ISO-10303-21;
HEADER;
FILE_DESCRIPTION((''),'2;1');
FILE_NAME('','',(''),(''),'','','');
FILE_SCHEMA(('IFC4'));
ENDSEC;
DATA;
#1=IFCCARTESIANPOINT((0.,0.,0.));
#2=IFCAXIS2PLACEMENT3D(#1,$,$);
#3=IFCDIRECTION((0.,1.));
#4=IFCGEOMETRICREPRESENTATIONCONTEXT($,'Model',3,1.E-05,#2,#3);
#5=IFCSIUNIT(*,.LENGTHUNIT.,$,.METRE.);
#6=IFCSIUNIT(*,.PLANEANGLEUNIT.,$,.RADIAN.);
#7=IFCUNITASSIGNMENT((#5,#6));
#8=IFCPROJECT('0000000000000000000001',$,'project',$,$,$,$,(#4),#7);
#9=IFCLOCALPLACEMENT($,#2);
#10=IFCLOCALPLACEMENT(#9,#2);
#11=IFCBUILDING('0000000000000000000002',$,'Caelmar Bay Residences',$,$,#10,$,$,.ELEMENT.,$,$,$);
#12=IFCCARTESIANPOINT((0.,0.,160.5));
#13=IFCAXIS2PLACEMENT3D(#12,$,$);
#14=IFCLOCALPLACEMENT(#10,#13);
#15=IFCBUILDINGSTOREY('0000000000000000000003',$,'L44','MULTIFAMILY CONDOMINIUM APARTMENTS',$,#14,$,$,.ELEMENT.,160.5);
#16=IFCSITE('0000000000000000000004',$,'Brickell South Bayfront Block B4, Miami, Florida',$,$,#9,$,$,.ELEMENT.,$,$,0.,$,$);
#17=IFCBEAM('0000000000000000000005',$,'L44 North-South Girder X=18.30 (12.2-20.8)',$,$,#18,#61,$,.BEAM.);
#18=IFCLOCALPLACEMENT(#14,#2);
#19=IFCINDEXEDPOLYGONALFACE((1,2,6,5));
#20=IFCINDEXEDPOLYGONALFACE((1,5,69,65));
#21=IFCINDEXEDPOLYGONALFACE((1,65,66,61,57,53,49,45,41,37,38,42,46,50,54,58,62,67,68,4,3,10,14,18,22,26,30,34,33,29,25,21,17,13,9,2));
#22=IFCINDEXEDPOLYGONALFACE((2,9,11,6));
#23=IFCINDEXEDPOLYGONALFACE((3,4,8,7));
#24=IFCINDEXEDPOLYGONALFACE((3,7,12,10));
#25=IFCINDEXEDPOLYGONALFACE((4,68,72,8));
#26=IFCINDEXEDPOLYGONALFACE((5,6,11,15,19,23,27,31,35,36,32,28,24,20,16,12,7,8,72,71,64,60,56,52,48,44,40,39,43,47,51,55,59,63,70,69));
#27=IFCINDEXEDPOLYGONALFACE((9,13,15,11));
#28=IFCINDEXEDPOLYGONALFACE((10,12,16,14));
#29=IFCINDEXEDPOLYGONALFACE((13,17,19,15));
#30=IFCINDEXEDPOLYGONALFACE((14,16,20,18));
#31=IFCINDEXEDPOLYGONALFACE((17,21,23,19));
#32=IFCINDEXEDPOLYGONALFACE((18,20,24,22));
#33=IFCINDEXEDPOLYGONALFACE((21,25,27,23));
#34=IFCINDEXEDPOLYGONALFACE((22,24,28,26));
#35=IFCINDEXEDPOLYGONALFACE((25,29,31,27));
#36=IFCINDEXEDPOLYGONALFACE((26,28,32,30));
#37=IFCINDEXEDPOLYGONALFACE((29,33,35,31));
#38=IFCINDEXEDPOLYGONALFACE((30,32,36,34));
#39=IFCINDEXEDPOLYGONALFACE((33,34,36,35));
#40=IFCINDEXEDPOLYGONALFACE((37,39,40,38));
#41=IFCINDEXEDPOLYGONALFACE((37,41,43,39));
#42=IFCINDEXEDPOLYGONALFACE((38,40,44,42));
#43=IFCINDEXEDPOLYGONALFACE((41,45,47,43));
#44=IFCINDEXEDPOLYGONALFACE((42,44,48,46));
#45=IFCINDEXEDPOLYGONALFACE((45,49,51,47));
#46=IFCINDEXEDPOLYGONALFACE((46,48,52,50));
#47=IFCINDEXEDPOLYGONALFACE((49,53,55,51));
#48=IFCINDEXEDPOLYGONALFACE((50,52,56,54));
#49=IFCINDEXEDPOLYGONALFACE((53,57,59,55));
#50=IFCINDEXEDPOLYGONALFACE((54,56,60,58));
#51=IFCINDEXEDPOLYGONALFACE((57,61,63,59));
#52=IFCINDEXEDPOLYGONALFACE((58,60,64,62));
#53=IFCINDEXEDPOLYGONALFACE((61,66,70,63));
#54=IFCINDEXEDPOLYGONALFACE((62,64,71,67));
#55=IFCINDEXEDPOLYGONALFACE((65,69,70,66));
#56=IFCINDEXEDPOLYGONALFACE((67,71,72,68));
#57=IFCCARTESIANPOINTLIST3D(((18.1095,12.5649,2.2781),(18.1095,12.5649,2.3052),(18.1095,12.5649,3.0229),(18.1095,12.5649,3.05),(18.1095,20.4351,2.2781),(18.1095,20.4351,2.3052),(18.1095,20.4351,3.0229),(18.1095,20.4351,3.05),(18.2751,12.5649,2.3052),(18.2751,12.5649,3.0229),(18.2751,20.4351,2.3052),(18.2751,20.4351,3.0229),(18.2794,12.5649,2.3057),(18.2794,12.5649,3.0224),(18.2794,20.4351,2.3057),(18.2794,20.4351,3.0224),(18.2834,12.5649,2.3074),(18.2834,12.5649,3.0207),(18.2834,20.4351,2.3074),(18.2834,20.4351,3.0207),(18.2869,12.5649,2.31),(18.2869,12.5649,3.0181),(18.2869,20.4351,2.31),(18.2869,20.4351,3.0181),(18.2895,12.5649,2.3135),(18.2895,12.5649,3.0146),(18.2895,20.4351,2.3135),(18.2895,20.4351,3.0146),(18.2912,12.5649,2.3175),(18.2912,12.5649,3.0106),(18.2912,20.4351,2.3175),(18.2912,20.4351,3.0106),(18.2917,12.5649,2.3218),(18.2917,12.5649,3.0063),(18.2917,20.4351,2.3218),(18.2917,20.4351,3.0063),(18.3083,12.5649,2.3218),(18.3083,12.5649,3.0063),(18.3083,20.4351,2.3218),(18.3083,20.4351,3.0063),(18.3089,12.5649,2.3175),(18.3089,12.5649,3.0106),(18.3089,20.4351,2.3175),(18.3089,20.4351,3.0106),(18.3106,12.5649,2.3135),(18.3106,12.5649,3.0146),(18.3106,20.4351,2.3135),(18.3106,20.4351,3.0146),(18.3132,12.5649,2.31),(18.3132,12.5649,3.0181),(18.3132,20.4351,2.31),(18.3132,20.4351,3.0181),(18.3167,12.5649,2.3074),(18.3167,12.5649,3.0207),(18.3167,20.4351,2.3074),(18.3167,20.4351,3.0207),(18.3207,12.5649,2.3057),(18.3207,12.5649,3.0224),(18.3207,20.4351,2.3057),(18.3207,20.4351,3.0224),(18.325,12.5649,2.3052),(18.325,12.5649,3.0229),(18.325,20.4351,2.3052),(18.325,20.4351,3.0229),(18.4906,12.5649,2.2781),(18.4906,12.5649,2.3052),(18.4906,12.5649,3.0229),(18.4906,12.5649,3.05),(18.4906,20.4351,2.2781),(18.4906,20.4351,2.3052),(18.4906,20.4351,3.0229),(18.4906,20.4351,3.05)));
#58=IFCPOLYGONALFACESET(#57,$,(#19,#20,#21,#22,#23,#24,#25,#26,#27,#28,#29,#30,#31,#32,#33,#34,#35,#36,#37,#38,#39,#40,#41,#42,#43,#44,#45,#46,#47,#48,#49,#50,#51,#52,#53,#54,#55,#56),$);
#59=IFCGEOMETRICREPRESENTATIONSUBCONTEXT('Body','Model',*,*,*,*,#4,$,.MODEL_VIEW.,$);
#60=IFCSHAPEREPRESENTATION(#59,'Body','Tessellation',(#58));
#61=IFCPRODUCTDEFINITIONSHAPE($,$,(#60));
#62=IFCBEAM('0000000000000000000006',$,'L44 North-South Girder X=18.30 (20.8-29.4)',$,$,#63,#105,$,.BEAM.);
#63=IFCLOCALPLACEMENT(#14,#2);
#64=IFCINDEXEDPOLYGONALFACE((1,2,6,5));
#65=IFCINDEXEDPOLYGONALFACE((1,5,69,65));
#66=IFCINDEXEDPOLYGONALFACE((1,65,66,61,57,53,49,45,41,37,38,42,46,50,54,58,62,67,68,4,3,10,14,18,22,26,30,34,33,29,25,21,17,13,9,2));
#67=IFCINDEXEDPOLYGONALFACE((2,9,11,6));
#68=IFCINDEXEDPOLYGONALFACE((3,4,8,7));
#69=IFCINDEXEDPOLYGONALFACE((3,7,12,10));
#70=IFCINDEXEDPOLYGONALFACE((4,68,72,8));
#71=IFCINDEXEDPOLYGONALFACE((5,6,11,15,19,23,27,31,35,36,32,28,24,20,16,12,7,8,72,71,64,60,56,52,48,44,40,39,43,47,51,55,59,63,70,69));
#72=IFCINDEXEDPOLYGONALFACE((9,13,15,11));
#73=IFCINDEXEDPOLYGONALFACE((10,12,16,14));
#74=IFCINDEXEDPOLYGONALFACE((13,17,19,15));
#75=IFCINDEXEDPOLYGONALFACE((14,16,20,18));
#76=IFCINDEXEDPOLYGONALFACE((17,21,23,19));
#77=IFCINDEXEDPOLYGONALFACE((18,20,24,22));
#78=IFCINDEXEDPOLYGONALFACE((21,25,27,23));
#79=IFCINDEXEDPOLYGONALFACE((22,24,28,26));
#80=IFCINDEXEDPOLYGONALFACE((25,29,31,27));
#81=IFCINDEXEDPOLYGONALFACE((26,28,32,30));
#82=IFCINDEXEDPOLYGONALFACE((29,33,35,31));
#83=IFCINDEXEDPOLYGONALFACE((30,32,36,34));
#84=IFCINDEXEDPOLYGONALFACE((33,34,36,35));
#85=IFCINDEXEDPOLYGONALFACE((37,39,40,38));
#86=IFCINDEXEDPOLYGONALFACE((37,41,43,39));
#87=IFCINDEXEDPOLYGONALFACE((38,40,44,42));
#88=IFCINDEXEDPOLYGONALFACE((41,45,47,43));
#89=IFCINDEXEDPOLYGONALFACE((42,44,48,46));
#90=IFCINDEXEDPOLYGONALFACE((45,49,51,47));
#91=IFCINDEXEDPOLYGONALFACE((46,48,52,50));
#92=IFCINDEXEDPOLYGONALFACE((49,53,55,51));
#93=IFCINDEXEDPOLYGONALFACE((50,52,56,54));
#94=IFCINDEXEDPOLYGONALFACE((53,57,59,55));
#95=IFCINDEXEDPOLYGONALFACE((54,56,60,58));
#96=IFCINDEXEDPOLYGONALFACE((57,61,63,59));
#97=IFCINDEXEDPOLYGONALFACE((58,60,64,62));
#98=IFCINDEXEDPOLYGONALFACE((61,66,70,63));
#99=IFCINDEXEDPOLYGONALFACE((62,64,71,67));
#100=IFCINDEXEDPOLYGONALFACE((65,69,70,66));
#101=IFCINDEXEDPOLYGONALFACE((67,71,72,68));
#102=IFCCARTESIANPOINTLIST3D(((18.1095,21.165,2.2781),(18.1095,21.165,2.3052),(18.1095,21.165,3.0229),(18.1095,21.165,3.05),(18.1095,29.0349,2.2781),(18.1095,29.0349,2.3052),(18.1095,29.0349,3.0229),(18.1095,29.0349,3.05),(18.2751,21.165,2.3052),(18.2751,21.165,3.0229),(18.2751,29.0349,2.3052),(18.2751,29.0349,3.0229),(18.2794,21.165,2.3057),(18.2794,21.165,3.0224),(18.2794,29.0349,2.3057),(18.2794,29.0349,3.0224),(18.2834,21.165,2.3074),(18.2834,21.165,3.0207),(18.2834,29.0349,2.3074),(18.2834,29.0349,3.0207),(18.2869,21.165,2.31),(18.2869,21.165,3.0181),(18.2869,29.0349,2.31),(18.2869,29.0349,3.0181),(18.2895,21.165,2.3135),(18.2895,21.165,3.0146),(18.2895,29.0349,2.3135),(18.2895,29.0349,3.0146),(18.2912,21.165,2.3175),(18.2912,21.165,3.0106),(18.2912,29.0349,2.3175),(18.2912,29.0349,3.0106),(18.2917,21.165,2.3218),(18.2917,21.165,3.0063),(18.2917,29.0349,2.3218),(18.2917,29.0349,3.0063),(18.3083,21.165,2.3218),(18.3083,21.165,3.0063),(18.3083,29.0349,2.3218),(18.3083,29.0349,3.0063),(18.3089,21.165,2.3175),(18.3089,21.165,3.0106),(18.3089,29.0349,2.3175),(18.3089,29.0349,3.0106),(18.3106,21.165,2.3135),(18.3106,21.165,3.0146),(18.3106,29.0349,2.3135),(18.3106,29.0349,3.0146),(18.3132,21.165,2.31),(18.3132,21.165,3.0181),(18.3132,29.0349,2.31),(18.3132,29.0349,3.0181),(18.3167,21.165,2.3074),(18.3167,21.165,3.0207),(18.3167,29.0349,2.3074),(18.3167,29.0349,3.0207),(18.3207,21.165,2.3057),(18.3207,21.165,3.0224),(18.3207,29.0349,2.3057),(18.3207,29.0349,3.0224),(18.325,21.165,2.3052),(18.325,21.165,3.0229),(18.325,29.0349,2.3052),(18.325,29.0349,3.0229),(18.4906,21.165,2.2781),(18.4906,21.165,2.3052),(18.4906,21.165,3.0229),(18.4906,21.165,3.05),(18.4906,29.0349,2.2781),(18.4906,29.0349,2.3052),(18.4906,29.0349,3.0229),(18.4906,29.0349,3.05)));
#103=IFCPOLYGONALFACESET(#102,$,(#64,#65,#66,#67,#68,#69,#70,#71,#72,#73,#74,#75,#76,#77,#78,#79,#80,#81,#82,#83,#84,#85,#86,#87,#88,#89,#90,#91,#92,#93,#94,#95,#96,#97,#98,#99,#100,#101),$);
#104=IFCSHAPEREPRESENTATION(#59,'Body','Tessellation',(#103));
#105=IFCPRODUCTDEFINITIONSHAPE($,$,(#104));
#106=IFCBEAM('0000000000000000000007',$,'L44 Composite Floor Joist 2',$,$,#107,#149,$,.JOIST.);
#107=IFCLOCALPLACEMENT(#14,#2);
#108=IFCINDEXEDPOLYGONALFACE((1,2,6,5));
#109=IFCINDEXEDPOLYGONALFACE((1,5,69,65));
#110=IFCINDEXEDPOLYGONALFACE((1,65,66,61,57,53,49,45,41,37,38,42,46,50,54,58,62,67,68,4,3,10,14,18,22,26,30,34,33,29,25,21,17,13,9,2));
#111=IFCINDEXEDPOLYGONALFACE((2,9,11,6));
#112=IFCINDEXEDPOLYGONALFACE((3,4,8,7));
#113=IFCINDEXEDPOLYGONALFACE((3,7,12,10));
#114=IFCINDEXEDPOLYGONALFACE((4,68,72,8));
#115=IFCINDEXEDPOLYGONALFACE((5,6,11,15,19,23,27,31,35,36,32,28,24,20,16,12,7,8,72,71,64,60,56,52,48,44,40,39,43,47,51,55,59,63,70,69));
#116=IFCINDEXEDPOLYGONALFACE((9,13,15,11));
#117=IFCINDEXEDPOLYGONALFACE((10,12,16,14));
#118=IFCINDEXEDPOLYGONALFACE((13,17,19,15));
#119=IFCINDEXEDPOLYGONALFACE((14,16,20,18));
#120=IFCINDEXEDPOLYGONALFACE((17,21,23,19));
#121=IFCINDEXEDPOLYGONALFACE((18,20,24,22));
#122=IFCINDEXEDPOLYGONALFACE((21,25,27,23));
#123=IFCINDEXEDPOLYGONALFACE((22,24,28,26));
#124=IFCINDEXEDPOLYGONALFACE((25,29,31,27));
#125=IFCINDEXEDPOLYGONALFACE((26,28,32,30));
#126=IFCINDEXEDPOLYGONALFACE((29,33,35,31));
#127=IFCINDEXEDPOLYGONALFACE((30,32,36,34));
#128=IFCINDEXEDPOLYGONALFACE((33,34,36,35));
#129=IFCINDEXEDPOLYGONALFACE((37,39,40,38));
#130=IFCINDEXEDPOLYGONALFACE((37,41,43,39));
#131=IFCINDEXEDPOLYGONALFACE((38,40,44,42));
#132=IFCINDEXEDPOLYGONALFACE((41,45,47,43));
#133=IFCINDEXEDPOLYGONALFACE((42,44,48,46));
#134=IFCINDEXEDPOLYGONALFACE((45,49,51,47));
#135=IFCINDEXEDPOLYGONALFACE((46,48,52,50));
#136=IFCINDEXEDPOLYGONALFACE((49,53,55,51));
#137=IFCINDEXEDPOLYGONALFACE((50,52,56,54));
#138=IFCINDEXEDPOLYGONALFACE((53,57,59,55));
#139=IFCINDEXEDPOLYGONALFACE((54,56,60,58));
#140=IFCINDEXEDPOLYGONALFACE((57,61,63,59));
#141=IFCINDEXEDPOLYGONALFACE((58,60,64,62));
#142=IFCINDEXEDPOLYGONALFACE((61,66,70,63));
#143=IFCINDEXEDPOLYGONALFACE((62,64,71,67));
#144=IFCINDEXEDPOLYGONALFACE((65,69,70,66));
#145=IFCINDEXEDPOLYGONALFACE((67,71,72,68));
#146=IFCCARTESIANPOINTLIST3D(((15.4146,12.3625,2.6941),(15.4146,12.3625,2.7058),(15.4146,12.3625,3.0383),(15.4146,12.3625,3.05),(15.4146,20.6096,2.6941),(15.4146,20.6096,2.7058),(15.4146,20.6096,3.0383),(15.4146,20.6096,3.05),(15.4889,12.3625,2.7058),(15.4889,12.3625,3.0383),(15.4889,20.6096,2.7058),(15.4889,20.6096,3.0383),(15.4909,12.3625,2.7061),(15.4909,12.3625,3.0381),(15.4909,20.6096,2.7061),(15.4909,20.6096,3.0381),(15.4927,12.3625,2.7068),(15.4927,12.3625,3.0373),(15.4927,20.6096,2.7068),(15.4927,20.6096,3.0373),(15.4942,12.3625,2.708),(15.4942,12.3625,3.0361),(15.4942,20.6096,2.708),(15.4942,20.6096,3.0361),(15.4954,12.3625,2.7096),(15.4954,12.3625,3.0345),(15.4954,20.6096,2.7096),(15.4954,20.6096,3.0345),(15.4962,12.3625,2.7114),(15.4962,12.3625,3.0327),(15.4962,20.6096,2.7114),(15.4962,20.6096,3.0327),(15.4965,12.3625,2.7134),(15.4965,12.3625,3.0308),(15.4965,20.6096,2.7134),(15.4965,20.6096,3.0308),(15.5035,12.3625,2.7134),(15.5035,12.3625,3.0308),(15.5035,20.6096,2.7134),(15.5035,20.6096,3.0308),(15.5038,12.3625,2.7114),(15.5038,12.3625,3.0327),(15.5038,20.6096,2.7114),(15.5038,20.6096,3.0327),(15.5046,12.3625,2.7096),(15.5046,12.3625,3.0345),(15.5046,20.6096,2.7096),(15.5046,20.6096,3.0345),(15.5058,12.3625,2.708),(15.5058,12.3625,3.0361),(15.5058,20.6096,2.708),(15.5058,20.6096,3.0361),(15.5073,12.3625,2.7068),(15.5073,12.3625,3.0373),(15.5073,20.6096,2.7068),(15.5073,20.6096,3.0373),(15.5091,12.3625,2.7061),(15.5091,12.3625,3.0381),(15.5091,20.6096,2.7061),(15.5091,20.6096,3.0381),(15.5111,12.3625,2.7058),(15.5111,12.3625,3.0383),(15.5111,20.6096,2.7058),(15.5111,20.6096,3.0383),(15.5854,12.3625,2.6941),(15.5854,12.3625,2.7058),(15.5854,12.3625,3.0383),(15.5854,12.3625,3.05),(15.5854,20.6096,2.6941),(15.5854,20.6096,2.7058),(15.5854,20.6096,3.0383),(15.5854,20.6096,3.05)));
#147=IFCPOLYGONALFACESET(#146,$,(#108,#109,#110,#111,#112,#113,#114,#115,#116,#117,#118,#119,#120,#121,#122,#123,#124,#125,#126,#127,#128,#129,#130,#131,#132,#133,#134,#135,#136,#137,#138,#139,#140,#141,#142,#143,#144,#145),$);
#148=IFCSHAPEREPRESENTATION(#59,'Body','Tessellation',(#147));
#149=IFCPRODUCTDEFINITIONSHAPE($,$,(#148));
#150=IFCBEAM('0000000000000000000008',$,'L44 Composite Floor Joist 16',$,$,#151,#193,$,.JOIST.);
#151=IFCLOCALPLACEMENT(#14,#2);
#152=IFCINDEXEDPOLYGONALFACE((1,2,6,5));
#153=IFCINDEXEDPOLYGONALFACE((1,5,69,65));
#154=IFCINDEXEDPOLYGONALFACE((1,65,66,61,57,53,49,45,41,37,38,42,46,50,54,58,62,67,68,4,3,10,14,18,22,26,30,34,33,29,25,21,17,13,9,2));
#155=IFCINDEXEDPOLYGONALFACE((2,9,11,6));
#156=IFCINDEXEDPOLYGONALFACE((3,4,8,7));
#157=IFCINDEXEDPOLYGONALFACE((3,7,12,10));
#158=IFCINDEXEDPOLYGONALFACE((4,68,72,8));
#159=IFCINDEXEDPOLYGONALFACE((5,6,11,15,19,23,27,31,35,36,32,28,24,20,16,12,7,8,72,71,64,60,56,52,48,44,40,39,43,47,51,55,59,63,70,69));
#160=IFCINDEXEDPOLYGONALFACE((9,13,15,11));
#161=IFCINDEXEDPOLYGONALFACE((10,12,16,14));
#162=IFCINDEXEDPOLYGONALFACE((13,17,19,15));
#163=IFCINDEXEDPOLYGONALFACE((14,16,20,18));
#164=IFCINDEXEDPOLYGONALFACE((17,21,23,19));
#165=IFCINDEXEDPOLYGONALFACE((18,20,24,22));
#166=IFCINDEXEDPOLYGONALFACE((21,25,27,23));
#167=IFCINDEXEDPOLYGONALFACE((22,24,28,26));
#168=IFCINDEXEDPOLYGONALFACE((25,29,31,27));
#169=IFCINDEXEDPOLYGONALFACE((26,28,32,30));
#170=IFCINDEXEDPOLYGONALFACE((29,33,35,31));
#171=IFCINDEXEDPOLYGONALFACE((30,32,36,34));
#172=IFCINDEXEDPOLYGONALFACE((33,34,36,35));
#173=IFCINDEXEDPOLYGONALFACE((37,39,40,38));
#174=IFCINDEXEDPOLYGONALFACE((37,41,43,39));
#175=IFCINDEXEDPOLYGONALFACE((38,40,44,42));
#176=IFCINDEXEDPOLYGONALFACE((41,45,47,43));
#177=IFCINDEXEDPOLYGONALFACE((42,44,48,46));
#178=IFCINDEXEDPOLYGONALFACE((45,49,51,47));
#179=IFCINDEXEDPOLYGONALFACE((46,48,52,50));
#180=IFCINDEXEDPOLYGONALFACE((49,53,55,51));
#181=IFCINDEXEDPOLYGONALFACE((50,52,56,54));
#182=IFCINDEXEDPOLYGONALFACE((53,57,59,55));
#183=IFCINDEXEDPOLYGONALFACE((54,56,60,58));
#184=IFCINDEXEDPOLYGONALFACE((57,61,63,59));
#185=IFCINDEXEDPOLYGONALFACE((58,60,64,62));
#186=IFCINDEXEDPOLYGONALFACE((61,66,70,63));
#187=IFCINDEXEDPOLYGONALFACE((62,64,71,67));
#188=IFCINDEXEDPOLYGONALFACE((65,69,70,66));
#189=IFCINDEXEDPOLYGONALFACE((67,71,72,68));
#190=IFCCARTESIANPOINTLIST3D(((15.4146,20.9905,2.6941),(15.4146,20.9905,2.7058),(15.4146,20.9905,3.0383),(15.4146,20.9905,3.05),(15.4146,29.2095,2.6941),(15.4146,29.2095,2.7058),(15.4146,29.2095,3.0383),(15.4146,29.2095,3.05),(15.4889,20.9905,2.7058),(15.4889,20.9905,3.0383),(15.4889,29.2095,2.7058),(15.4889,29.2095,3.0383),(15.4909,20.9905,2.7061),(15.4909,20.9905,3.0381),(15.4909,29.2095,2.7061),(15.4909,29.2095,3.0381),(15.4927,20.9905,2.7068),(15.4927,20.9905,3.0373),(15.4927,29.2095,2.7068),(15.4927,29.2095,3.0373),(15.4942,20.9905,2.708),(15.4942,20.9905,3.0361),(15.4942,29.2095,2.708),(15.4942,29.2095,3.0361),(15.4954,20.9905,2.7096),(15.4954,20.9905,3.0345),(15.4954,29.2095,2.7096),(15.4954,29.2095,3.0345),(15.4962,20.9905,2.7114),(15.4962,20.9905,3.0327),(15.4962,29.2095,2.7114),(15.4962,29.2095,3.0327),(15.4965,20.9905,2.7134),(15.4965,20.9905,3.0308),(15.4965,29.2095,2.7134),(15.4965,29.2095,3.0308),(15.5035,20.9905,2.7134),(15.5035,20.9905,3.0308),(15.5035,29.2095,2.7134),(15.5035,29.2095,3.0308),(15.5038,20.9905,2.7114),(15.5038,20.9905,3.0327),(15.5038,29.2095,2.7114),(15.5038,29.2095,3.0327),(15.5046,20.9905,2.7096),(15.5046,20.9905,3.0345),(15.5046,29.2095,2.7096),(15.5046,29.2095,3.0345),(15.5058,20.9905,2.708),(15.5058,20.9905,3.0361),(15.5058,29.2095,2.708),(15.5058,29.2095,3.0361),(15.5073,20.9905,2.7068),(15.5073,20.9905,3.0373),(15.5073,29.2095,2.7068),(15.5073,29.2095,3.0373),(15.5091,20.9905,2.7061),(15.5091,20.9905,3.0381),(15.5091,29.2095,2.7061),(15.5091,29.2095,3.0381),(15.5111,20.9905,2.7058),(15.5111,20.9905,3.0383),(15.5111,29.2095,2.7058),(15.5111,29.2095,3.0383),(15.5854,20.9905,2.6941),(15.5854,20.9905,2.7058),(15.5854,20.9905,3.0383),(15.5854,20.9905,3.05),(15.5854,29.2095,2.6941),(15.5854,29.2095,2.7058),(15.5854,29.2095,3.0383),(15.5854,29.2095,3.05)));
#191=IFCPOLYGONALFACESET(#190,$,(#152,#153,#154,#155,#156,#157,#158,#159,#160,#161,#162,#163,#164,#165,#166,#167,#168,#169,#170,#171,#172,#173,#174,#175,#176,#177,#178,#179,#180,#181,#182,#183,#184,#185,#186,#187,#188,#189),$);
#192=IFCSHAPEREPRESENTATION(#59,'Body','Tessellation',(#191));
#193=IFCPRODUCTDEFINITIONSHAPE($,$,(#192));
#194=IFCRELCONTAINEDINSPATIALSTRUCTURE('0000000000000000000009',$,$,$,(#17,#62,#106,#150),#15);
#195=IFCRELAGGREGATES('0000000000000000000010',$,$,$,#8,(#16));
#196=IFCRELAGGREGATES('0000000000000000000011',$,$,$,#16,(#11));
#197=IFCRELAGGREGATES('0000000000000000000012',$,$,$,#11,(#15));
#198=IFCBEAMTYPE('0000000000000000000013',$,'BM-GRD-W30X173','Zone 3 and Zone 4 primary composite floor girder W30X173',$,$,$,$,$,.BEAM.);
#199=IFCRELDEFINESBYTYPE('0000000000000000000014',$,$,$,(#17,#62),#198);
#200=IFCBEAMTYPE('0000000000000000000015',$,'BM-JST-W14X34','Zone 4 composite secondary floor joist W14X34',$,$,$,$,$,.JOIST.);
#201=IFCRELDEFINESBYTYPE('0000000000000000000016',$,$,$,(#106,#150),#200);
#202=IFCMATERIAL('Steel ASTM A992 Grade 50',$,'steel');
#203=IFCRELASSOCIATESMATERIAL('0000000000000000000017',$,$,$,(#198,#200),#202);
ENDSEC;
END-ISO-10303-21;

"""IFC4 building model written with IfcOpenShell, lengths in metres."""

from ifc_helpers import new_model, si_unit, direction, frame, origin, origin_2d, place, context, subcontext, project, spatial, i_section, extrude, material, material_profile, profile_set, type_object, element, save


model = new_model("IFC4")

# Units and contexts
model_context = context("Model", 3, precision=1e-05, world=origin(), true_north=direction((0.0, 1.0)))
body_context = subcontext(model_context, "Body", "Model", "MODEL_VIEW")
ifc_project = project(units=[si_unit("LENGTHUNIT", "METRE"), si_unit("PLANEANGLEUNIT", "RADIAN")], contexts=[model_context])

# Site, building, storey
site_placement = place(None, origin())
site = spatial("IfcSite", under=ifc_project, at=site_placement, Name="Brickell South Bayfront Block B4, Miami, Florida", CompositionType="ELEMENT", RefElevation=0.0)
building_placement = place(site_placement, origin())
building = spatial("IfcBuilding", under=site, at=building_placement, Name="Caelmar Bay Residences", CompositionType="ELEMENT")
storey_placement = place(building_placement, frame((0.0, 0.0, 160.5)))
storey = spatial("IfcBuildingStorey", under=building, at=storey_placement, Name="L44", Description="MULTIFAMILY CONDOMINIUM APARTMENTS", CompositionType="ELEMENT", Elevation=160.5)

# Beams
ifc_material_1 = material(Name="Steel ASTM A992 Grade 50", Category="steel")
ifc_material_profile_1 = material_profile(ifc_material_1, i_section(OverallWidth=0.3811, OverallDepth=0.772, WebThickness=0.0166, FlangeThickness=0.0271, FilletRadius=0.0166, at=origin_2d()), Name="W30X173")
ifc_profile_set_1 = profile_set([ifc_material_profile_1], Name="Steel ASTM A992 Grade 50")
beam_type_1 = type_object("IfcBeamType", Name="BM-GRD-W30X173", Description="Zone 3 and Zone 4 primary composite floor girder W30X173", PredefinedType="BEAM", material=ifc_profile_set_1)
beam_1_placement = place(storey_placement, frame((18.3, 12.5649, 2.6641), z_axis=(0.0, 1.0, 0.0), x_axis=(-1.0, 0.0, 0.0)))
element("IfcBeam", 1, at=beam_1_placement, inside=storey, type_object=beam_type_1, Name="L44 North-South Girder X=18.30 (12.2-20.8)", PredefinedType="BEAM", context=body_context, shape_type="SweptSolid", body=[
    extrude(i_section(OverallWidth=0.3811, OverallDepth=0.772, WebThickness=0.0166, FlangeThickness=0.0271, FilletRadius=0.0166, at=origin_2d()), origin(), (0.0, 0.0, 1.0), 7.8701),
])
beam_2_placement = place(storey_placement, frame((18.3, 21.165, 2.6641), z_axis=(0.0, 1.0, 0.0), x_axis=(-1.0, 0.0, 0.0)))
element("IfcBeam", 2, at=beam_2_placement, inside=storey, type_object=beam_type_1, Name="L44 North-South Girder X=18.30 (20.8-29.4)", PredefinedType="BEAM", context=body_context, shape_type="SweptSolid", body=[
    extrude(i_section(OverallWidth=0.3811, OverallDepth=0.772, WebThickness=0.0166, FlangeThickness=0.0271, FilletRadius=0.0166, at=origin_2d()), origin(), (0.0, 0.0, 1.0), 7.8699),
])
ifc_material_profile_2 = material_profile(ifc_material_1, i_section(OverallWidth=0.1709, OverallDepth=0.356, WebThickness=0.0071, FlangeThickness=0.0117, FilletRadius=0.0076, at=origin_2d()), Name="W14X34")
ifc_profile_set_2 = profile_set([ifc_material_profile_2], Name="Steel ASTM A992 Grade 50")
beam_type_2 = type_object("IfcBeamType", Name="BM-JST-W14X34", Description="Zone 4 composite secondary floor joist W14X34", PredefinedType="JOIST", material=ifc_profile_set_2)
beam_3_placement = place(storey_placement, frame((15.5, 12.3625, 2.8721), z_axis=(0.0, 1.0, 0.0), x_axis=(-1.0, 0.0, 0.0)))
element("IfcBeam", 3, at=beam_3_placement, inside=storey, type_object=beam_type_2, Name="L44 Composite Floor Joist 2", PredefinedType="JOIST", context=body_context, shape_type="SweptSolid", body=[
    extrude(i_section(OverallWidth=0.1709, OverallDepth=0.356, WebThickness=0.0071, FlangeThickness=0.0117, FilletRadius=0.0076, at=origin_2d()), origin(), (0.0, 0.0, 1.0), 8.2471),
])
beam_4_placement = place(storey_placement, frame((15.5, 20.9905, 2.8721), z_axis=(0.0, 1.0, 0.0), x_axis=(-1.0, 0.0, 0.0)))
element("IfcBeam", 4, at=beam_4_placement, inside=storey, type_object=beam_type_2, Name="L44 Composite Floor Joist 16", PredefinedType="JOIST", context=body_context, shape_type="SweptSolid", body=[
    extrude(i_section(OverallWidth=0.1709, OverallDepth=0.356, WebThickness=0.0071, FlangeThickness=0.0117, FilletRadius=0.0076, at=origin_2d()), origin(), (0.0, 0.0, 1.0), 8.219),
])

save(model, "model.ifc")
